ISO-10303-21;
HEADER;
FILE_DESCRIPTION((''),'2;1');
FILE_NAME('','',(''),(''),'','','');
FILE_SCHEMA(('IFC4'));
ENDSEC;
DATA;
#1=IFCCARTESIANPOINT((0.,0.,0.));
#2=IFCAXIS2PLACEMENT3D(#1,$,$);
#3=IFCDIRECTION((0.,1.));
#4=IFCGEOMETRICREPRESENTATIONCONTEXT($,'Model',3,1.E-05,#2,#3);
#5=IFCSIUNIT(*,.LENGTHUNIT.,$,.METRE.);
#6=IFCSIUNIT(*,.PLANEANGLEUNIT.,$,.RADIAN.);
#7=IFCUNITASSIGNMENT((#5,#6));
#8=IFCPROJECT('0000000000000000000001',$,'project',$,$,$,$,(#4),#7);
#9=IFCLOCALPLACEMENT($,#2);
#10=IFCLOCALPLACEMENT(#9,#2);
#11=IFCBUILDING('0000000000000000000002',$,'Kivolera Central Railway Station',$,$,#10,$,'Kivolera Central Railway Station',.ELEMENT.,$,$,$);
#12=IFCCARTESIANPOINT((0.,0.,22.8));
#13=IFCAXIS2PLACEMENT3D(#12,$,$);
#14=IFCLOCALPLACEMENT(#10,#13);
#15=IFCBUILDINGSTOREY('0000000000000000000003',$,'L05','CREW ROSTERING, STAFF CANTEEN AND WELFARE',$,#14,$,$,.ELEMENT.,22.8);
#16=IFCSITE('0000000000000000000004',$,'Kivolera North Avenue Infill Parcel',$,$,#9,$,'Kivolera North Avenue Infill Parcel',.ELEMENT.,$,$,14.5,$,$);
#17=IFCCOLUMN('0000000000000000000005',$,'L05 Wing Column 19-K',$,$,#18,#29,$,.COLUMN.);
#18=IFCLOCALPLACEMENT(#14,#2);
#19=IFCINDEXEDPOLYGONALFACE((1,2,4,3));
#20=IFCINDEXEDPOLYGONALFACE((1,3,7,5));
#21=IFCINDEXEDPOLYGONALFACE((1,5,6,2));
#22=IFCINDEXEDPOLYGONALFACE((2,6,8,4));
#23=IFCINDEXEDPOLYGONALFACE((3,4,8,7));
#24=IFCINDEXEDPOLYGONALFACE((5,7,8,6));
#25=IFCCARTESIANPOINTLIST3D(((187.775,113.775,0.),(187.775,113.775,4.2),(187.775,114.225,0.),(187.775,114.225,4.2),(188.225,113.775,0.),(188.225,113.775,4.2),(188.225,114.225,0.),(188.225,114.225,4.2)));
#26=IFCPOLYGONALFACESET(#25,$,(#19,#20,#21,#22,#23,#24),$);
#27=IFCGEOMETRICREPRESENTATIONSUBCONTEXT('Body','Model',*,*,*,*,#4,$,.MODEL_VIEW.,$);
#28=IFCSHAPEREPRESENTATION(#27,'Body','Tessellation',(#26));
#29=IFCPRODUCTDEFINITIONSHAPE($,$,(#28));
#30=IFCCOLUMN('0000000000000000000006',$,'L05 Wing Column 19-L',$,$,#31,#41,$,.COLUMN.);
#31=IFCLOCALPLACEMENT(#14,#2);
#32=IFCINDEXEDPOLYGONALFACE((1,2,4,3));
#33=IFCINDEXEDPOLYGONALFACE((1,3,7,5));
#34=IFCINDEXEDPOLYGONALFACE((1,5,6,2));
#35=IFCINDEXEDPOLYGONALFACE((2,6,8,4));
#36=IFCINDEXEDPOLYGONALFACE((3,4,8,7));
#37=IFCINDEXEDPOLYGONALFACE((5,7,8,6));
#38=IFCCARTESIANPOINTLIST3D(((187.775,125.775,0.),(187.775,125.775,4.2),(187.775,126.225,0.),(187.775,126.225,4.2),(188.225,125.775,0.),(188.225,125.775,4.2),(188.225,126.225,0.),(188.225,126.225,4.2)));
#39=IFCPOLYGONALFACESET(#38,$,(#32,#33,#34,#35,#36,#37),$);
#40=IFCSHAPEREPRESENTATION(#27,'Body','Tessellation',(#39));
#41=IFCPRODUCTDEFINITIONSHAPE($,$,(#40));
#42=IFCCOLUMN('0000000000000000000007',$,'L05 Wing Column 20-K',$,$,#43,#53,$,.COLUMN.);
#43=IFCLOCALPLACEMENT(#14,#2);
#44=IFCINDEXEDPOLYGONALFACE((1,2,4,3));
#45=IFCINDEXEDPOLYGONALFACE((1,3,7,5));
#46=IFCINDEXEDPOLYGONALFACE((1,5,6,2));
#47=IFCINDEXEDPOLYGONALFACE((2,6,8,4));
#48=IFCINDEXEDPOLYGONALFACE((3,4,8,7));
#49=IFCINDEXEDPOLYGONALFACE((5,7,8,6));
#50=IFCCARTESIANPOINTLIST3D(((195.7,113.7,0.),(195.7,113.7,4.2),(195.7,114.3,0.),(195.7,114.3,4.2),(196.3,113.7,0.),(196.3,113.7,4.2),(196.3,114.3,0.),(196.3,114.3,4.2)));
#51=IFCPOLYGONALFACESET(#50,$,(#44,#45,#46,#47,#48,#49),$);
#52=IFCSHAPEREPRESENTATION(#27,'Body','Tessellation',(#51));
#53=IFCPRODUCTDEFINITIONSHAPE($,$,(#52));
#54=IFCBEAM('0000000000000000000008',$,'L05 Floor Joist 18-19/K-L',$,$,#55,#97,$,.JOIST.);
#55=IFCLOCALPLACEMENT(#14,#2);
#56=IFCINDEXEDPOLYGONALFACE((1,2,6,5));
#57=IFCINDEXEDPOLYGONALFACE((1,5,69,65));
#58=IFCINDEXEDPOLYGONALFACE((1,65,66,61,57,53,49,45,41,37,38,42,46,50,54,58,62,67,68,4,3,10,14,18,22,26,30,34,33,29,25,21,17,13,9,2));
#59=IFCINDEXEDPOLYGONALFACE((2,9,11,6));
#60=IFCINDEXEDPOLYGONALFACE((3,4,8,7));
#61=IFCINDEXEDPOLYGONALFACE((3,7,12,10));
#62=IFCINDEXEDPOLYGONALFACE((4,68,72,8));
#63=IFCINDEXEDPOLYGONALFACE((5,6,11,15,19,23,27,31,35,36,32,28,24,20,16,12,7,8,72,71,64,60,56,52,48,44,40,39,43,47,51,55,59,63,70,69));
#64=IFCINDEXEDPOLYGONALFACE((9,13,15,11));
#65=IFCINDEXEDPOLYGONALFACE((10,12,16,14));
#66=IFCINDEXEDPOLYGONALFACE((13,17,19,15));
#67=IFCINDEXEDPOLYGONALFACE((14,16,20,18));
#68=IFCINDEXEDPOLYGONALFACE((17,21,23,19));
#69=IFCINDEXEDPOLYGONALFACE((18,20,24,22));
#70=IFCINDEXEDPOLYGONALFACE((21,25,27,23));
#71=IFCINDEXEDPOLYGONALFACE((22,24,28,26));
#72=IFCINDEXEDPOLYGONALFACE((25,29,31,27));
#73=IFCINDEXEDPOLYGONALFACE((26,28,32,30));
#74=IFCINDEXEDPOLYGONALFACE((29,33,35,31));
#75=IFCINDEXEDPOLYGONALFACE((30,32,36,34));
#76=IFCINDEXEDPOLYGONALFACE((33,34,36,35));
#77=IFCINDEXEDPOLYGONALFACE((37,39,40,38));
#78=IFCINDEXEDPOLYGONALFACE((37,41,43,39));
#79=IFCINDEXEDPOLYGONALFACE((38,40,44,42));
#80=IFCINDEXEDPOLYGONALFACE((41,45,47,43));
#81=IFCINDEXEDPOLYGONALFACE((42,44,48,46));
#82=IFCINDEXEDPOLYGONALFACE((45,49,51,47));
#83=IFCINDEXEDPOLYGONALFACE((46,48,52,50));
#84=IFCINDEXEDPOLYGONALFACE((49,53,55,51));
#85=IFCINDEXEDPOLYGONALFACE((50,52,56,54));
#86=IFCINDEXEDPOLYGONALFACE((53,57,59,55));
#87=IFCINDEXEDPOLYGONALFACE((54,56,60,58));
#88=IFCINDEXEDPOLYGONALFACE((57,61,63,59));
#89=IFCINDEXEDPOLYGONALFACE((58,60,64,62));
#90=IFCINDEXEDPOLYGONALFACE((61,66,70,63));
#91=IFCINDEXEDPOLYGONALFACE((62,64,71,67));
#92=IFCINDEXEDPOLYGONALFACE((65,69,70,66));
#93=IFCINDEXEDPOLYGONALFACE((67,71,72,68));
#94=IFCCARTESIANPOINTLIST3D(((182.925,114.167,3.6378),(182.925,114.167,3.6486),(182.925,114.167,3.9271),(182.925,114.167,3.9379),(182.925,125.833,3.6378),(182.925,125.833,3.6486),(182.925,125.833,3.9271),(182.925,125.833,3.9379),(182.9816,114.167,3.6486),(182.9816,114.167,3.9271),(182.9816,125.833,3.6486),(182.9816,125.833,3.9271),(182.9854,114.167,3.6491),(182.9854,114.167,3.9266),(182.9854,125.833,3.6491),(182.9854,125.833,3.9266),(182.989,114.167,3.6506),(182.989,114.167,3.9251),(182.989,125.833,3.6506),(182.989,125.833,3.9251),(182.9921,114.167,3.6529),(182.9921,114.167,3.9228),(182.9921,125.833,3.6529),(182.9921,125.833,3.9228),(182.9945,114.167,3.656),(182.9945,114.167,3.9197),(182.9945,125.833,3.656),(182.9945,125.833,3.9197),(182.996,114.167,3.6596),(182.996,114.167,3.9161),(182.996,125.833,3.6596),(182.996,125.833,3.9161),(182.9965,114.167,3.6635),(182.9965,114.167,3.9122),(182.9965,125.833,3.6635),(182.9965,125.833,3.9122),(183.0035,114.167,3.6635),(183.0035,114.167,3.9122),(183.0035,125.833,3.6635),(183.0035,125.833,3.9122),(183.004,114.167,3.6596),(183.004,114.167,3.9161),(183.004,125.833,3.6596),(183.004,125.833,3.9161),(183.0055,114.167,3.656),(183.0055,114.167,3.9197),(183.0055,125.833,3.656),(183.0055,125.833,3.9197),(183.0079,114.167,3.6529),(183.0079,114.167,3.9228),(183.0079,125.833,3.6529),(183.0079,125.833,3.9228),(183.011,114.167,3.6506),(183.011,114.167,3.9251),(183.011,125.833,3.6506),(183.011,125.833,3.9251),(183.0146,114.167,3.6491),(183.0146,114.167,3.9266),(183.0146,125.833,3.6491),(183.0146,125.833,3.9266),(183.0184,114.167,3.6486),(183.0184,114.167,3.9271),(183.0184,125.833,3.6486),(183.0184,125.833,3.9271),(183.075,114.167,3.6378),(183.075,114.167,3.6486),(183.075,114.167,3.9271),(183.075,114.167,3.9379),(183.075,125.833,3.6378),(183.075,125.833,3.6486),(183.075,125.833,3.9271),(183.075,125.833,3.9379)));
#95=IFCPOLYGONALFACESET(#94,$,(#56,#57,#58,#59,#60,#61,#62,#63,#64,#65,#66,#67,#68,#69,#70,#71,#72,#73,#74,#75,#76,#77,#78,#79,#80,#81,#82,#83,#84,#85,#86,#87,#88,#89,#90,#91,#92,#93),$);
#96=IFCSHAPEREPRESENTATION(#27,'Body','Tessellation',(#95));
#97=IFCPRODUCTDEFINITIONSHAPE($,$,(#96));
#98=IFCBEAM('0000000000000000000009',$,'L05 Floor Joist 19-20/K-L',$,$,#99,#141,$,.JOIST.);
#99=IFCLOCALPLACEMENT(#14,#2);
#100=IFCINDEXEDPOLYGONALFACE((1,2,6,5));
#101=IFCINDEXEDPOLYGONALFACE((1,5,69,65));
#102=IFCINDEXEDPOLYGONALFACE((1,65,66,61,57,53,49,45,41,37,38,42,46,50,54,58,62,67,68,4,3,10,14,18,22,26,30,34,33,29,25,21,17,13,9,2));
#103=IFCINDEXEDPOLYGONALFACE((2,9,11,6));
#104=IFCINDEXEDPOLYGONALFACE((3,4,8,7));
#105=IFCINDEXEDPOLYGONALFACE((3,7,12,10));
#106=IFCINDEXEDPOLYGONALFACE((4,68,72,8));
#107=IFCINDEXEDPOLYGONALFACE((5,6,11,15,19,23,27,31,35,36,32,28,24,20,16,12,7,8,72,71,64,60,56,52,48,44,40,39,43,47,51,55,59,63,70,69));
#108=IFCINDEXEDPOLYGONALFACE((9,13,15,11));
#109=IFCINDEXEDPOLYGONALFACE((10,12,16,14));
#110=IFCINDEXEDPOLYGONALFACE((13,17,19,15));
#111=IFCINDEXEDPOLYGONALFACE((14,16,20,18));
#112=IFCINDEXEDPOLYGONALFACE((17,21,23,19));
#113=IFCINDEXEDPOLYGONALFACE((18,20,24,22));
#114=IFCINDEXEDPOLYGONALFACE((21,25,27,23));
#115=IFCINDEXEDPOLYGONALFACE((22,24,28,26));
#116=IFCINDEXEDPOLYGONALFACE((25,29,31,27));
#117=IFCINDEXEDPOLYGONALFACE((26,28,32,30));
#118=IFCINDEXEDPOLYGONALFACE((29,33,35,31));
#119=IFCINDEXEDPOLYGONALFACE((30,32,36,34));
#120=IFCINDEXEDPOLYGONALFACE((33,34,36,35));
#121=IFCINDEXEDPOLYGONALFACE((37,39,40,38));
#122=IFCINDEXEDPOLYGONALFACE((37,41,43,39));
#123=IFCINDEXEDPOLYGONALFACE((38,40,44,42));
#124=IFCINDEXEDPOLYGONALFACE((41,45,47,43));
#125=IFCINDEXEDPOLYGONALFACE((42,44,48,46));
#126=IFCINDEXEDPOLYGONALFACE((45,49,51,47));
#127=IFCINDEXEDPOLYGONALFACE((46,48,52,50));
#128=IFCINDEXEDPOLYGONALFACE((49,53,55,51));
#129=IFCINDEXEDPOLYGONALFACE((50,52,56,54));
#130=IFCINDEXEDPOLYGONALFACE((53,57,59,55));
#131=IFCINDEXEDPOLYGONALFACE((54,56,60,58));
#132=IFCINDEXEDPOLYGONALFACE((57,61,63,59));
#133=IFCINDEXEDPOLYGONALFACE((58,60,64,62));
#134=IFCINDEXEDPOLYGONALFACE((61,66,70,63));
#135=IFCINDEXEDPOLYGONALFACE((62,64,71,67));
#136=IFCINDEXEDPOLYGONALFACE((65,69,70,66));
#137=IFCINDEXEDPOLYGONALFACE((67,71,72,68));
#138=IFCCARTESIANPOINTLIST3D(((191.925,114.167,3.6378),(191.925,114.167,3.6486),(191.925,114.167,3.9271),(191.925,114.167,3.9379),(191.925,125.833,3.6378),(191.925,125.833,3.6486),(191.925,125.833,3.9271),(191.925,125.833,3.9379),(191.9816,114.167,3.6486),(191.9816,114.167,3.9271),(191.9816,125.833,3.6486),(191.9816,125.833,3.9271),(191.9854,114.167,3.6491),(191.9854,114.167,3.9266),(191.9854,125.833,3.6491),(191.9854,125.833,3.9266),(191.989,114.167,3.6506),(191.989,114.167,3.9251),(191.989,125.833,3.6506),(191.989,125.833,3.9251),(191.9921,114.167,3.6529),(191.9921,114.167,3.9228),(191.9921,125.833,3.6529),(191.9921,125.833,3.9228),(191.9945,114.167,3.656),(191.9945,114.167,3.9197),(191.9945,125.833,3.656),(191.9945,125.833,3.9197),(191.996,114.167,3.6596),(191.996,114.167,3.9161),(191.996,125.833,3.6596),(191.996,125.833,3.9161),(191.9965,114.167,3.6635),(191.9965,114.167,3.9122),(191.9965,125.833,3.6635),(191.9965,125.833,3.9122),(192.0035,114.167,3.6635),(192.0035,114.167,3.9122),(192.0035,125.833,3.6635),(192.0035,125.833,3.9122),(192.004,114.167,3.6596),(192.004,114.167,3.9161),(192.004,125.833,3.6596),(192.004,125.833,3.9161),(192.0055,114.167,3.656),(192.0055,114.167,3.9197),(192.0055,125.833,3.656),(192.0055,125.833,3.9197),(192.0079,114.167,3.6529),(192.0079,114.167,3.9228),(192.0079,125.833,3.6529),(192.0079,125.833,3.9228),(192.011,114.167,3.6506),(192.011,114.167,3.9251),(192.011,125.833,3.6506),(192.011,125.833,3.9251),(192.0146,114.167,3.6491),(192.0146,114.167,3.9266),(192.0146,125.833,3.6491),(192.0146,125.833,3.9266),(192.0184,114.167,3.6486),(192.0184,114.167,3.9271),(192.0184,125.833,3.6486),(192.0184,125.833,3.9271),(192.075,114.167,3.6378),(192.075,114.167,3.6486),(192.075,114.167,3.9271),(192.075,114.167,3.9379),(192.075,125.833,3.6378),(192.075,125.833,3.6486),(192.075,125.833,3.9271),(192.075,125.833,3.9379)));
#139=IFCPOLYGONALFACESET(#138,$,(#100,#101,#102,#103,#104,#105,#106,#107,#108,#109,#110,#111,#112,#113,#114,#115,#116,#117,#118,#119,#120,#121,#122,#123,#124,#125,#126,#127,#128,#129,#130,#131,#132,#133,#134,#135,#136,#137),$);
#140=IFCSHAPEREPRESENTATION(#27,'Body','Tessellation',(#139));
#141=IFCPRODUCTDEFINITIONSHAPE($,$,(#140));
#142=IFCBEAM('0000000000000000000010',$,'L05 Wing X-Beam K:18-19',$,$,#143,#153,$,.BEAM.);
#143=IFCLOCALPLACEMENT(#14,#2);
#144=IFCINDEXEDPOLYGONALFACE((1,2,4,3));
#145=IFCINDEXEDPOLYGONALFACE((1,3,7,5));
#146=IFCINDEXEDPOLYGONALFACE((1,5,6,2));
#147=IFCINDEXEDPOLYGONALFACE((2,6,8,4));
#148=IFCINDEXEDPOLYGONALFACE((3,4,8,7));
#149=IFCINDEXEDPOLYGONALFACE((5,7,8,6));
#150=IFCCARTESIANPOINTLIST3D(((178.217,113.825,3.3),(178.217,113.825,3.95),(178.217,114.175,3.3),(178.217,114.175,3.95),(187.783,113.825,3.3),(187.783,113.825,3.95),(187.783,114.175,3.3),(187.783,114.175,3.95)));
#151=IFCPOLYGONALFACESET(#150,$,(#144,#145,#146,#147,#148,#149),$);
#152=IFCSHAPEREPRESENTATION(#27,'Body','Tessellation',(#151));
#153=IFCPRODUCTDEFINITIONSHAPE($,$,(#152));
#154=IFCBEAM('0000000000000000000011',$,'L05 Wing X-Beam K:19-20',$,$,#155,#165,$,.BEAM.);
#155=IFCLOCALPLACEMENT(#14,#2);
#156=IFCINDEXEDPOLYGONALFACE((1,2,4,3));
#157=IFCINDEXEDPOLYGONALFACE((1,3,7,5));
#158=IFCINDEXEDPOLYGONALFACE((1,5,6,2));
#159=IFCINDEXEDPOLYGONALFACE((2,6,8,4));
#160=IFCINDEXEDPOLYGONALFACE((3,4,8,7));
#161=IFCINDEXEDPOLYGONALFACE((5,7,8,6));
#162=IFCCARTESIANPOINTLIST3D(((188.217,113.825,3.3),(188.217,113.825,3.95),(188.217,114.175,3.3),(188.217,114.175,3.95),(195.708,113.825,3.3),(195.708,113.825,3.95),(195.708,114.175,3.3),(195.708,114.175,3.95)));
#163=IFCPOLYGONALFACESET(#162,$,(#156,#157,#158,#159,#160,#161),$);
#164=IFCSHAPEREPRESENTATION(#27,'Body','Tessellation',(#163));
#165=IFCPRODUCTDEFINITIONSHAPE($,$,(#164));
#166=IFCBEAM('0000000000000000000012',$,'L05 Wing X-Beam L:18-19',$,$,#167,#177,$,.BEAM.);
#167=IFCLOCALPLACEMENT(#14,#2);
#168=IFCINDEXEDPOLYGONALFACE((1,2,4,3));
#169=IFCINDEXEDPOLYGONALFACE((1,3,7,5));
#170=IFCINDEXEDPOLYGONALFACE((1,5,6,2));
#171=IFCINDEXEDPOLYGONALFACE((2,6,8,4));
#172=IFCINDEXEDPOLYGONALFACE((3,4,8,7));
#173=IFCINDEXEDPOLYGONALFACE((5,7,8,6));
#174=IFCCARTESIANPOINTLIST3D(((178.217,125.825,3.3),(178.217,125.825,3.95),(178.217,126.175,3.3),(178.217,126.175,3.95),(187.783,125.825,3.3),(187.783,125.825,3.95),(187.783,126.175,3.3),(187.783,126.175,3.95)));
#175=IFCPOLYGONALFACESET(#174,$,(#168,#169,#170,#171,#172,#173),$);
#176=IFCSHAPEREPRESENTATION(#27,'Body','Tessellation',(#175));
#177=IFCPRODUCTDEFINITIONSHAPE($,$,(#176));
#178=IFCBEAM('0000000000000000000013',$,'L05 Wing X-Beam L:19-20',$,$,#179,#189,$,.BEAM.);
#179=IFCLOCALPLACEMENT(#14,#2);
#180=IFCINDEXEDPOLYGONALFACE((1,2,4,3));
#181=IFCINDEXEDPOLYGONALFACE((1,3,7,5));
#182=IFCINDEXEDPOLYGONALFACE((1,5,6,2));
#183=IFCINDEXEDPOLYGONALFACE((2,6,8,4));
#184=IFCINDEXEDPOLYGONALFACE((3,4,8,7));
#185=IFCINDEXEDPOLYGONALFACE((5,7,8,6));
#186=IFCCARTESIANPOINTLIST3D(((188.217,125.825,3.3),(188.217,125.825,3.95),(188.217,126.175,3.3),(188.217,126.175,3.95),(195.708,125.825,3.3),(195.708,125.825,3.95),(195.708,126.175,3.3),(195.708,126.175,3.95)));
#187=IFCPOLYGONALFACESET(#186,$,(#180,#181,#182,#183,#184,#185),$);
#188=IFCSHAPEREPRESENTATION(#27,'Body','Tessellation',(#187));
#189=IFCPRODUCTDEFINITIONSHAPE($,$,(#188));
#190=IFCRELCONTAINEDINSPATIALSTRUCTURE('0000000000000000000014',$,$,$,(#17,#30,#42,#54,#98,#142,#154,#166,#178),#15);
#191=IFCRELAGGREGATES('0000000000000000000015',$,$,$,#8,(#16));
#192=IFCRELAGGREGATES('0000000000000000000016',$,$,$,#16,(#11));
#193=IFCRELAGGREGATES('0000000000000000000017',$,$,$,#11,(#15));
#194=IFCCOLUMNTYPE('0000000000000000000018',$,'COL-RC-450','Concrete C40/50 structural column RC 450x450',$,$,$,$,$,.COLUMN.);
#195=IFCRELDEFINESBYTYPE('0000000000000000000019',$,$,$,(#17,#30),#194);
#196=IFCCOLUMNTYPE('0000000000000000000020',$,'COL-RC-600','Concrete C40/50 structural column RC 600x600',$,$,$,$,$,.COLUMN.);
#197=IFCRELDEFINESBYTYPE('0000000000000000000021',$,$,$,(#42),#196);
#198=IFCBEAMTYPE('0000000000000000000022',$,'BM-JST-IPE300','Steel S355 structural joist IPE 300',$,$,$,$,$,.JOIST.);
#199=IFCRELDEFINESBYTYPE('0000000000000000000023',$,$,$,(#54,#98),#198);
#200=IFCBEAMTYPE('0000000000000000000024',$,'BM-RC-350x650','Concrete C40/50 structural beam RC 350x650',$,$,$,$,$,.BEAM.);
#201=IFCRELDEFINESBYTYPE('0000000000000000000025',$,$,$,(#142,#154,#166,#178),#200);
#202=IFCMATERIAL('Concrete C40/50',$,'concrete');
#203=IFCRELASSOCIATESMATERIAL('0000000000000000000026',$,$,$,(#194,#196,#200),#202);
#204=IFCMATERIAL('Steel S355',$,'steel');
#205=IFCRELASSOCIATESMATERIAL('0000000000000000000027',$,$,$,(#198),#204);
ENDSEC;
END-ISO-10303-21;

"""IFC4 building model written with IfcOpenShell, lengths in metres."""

from ifc_helpers import new_model, si_unit, direction, frame, origin, origin_2d, place, context, subcontext, project, spatial, rectangle, i_section, extrude, material, material_profile, profile_set, type_object, element, save


model = new_model("IFC4")

# Units and contexts
model_context = context("Model", 3, precision=1e-05, world=origin(), true_north=direction((0.0, 1.0)))
body_context = subcontext(model_context, "Body", "Model", "MODEL_VIEW")
ifc_project = project(units=[si_unit("LENGTHUNIT", "METRE"), si_unit("PLANEANGLEUNIT", "RADIAN")], contexts=[model_context])

# Site, building, storey
site_placement = place(None, origin())
site = spatial("IfcSite", under=ifc_project, at=site_placement, Name="Kivolera North Avenue Infill Parcel", LongName="Kivolera North Avenue Infill Parcel", CompositionType="ELEMENT", RefElevation=14.5)
building_placement = place(site_placement, origin())
building = spatial("IfcBuilding", under=site, at=building_placement, Name="Kivolera Central Railway Station", LongName="Kivolera Central Railway Station", CompositionType="ELEMENT")
storey_placement = place(building_placement, frame((0.0, 0.0, 22.8)))
storey = spatial("IfcBuildingStorey", under=building, at=storey_placement, Name="L05", Description="CREW ROSTERING, STAFF CANTEEN AND WELFARE", CompositionType="ELEMENT", Elevation=22.8)

# Columns
ifc_material_1 = material(Name="Concrete C40/50", Category="concrete")
ifc_material_profile_1 = material_profile(ifc_material_1, rectangle(XDim=0.45, YDim=0.45, at=origin_2d()), Name="RC 450x450")
ifc_profile_set_1 = profile_set([ifc_material_profile_1], Name="Concrete C40/50")
column_type_1 = type_object("IfcColumnType", Name="COL-RC-450", Description="Concrete C40/50 structural column RC 450x450", PredefinedType="COLUMN", material=ifc_profile_set_1)
for number, where, z_axis, x_axis, name in (
    (1, (188.0, 114.0, 0.0), (0.0, 0.0, 1.0), (1.0, 0.0, 0.0), "L05 Wing Column 19-K"),
    (2, (188.0, 126.0, 0.0), (0.0, 0.0, 1.0), (1.0, 0.0, 0.0), "L05 Wing Column 19-L"),
):
    element("IfcColumn", number, at=place(storey_placement, frame(where, z_axis=z_axis, x_axis=x_axis)), inside=storey, type_object=column_type_1, Name=name, PredefinedType="COLUMN", context=body_context, shape_type="SweptSolid", body=[
        extrude(rectangle(XDim=0.45, YDim=0.45, at=origin_2d()), origin(), (0.0, 0.0, 1.0), 4.2),
    ])
ifc_material_profile_2 = material_profile(ifc_material_1, rectangle(XDim=0.6001, YDim=0.6001, at=origin_2d()), Name="RC 600x600")
ifc_profile_set_2 = profile_set([ifc_material_profile_2], Name="Concrete C40/50")
column_type_2 = type_object("IfcColumnType", Name="COL-RC-600", Description="Concrete C40/50 structural column RC 600x600", PredefinedType="COLUMN", material=ifc_profile_set_2)
column_placement = place(storey_placement, frame((196.0, 114.0, 0.0), z_axis=(0.0, 0.0, 1.0), x_axis=(1.0, 0.0, 0.0)))
element("IfcColumn", 3, at=column_placement, inside=storey, type_object=column_type_2, Name="L05 Wing Column 20-K", PredefinedType="COLUMN", context=body_context, shape_type="SweptSolid", body=[
    extrude(rectangle(XDim=0.6001, YDim=0.6001, at=origin_2d()), origin(), (0.0, 0.0, 1.0), 4.2),
])

# Beams
ifc_material_2 = material(Name="Steel S355", Category="steel")
ifc_material_profile_3 = material_profile(ifc_material_2, i_section(OverallWidth=0.1499, OverallDepth=0.3, WebThickness=0.0071, FlangeThickness=0.0107, FilletRadius=0.0149, at=origin_2d()), Name="IPE 300")
ifc_profile_set_3 = profile_set([ifc_material_profile_3], Name="Steel S355")
beam_type_1 = type_object("IfcBeamType", Name="BM-JST-IPE300", Description="Steel S355 structural joist IPE 300", PredefinedType="JOIST", material=ifc_profile_set_3)
for number, where, z_axis, x_axis, name in (
    (4, (183.0, 114.167, 3.7878), (0.0, 1.0, 0.0), (-1.0, 0.0, 0.0), "L05 Floor Joist 18-19/K-L"),
    (5, (192.0, 114.167, 3.7878), (0.0, 1.0, 0.0), (-1.0, 0.0, 0.0), "L05 Floor Joist 19-20/K-L"),
):
    element("IfcBeam", number, at=place(storey_placement, frame(where, z_axis=z_axis, x_axis=x_axis)), inside=storey, type_object=beam_type_1, Name=name, PredefinedType="JOIST", context=body_context, shape_type="SweptSolid", body=[
        extrude(i_section(OverallWidth=0.1499, OverallDepth=0.3, WebThickness=0.0071, FlangeThickness=0.0107, FilletRadius=0.0149, at=origin_2d()), origin(), (0.0, 0.0, 1.0), 11.666),
    ])
ifc_material_profile_4 = material_profile(ifc_material_1, rectangle(XDim=0.3501, YDim=0.6499, at=origin_2d()), Name="RC 350x650")
ifc_profile_set_4 = profile_set([ifc_material_profile_4], Name="Concrete C40/50")
beam_type_2 = type_object("IfcBeamType", Name="BM-RC-350x650", Description="Concrete C40/50 structural beam RC 350x650", PredefinedType="BEAM", material=ifc_profile_set_4)
beam_1_placement = place(storey_placement, frame((178.217, 114.0, 3.625), z_axis=(1.0, 0.0, 0.0), x_axis=(0.0, 1.0, 0.0)))
element("IfcBeam", 6, at=beam_1_placement, inside=storey, type_object=beam_type_2, Name="L05 Wing X-Beam K:18-19", PredefinedType="BEAM", context=body_context, shape_type="SweptSolid", body=[
    extrude(rectangle(XDim=0.3501, YDim=0.6499, at=origin_2d()), origin(), (0.0, 0.0, 1.0), 9.5659),
])
beam_2_placement = place(storey_placement, frame((188.217, 114.0, 3.625), z_axis=(1.0, 0.0, 0.0), x_axis=(0.0, 1.0, 0.0)))
element("IfcBeam", 7, at=beam_2_placement, inside=storey, type_object=beam_type_2, Name="L05 Wing X-Beam K:19-20", PredefinedType="BEAM", context=body_context, shape_type="SweptSolid", body=[
    extrude(rectangle(XDim=0.3501, YDim=0.6499, at=origin_2d()), origin(), (0.0, 0.0, 1.0), 7.491),
])
beam_3_placement = place(storey_placement, frame((178.217, 126.0, 3.625), z_axis=(1.0, 0.0, 0.0), x_axis=(0.0, 1.0, 0.0)))
element("IfcBeam", 8, at=beam_3_placement, inside=storey, type_object=beam_type_2, Name="L05 Wing X-Beam L:18-19", PredefinedType="BEAM", context=body_context, shape_type="SweptSolid", body=[
    extrude(rectangle(XDim=0.3501, YDim=0.6499, at=origin_2d()), origin(), (0.0, 0.0, 1.0), 9.5659),
])
beam_4_placement = place(storey_placement, frame((188.217, 126.0, 3.625), z_axis=(1.0, 0.0, 0.0), x_axis=(0.0, 1.0, 0.0)))
element("IfcBeam", 9, at=beam_4_placement, inside=storey, type_object=beam_type_2, Name="L05 Wing X-Beam L:19-20", PredefinedType="BEAM", context=body_context, shape_type="SweptSolid", body=[
    extrude(rectangle(XDim=0.3501, YDim=0.6499, at=origin_2d()), origin(), (0.0, 0.0, 1.0), 7.491),
])

save(model, "model.ifc")
